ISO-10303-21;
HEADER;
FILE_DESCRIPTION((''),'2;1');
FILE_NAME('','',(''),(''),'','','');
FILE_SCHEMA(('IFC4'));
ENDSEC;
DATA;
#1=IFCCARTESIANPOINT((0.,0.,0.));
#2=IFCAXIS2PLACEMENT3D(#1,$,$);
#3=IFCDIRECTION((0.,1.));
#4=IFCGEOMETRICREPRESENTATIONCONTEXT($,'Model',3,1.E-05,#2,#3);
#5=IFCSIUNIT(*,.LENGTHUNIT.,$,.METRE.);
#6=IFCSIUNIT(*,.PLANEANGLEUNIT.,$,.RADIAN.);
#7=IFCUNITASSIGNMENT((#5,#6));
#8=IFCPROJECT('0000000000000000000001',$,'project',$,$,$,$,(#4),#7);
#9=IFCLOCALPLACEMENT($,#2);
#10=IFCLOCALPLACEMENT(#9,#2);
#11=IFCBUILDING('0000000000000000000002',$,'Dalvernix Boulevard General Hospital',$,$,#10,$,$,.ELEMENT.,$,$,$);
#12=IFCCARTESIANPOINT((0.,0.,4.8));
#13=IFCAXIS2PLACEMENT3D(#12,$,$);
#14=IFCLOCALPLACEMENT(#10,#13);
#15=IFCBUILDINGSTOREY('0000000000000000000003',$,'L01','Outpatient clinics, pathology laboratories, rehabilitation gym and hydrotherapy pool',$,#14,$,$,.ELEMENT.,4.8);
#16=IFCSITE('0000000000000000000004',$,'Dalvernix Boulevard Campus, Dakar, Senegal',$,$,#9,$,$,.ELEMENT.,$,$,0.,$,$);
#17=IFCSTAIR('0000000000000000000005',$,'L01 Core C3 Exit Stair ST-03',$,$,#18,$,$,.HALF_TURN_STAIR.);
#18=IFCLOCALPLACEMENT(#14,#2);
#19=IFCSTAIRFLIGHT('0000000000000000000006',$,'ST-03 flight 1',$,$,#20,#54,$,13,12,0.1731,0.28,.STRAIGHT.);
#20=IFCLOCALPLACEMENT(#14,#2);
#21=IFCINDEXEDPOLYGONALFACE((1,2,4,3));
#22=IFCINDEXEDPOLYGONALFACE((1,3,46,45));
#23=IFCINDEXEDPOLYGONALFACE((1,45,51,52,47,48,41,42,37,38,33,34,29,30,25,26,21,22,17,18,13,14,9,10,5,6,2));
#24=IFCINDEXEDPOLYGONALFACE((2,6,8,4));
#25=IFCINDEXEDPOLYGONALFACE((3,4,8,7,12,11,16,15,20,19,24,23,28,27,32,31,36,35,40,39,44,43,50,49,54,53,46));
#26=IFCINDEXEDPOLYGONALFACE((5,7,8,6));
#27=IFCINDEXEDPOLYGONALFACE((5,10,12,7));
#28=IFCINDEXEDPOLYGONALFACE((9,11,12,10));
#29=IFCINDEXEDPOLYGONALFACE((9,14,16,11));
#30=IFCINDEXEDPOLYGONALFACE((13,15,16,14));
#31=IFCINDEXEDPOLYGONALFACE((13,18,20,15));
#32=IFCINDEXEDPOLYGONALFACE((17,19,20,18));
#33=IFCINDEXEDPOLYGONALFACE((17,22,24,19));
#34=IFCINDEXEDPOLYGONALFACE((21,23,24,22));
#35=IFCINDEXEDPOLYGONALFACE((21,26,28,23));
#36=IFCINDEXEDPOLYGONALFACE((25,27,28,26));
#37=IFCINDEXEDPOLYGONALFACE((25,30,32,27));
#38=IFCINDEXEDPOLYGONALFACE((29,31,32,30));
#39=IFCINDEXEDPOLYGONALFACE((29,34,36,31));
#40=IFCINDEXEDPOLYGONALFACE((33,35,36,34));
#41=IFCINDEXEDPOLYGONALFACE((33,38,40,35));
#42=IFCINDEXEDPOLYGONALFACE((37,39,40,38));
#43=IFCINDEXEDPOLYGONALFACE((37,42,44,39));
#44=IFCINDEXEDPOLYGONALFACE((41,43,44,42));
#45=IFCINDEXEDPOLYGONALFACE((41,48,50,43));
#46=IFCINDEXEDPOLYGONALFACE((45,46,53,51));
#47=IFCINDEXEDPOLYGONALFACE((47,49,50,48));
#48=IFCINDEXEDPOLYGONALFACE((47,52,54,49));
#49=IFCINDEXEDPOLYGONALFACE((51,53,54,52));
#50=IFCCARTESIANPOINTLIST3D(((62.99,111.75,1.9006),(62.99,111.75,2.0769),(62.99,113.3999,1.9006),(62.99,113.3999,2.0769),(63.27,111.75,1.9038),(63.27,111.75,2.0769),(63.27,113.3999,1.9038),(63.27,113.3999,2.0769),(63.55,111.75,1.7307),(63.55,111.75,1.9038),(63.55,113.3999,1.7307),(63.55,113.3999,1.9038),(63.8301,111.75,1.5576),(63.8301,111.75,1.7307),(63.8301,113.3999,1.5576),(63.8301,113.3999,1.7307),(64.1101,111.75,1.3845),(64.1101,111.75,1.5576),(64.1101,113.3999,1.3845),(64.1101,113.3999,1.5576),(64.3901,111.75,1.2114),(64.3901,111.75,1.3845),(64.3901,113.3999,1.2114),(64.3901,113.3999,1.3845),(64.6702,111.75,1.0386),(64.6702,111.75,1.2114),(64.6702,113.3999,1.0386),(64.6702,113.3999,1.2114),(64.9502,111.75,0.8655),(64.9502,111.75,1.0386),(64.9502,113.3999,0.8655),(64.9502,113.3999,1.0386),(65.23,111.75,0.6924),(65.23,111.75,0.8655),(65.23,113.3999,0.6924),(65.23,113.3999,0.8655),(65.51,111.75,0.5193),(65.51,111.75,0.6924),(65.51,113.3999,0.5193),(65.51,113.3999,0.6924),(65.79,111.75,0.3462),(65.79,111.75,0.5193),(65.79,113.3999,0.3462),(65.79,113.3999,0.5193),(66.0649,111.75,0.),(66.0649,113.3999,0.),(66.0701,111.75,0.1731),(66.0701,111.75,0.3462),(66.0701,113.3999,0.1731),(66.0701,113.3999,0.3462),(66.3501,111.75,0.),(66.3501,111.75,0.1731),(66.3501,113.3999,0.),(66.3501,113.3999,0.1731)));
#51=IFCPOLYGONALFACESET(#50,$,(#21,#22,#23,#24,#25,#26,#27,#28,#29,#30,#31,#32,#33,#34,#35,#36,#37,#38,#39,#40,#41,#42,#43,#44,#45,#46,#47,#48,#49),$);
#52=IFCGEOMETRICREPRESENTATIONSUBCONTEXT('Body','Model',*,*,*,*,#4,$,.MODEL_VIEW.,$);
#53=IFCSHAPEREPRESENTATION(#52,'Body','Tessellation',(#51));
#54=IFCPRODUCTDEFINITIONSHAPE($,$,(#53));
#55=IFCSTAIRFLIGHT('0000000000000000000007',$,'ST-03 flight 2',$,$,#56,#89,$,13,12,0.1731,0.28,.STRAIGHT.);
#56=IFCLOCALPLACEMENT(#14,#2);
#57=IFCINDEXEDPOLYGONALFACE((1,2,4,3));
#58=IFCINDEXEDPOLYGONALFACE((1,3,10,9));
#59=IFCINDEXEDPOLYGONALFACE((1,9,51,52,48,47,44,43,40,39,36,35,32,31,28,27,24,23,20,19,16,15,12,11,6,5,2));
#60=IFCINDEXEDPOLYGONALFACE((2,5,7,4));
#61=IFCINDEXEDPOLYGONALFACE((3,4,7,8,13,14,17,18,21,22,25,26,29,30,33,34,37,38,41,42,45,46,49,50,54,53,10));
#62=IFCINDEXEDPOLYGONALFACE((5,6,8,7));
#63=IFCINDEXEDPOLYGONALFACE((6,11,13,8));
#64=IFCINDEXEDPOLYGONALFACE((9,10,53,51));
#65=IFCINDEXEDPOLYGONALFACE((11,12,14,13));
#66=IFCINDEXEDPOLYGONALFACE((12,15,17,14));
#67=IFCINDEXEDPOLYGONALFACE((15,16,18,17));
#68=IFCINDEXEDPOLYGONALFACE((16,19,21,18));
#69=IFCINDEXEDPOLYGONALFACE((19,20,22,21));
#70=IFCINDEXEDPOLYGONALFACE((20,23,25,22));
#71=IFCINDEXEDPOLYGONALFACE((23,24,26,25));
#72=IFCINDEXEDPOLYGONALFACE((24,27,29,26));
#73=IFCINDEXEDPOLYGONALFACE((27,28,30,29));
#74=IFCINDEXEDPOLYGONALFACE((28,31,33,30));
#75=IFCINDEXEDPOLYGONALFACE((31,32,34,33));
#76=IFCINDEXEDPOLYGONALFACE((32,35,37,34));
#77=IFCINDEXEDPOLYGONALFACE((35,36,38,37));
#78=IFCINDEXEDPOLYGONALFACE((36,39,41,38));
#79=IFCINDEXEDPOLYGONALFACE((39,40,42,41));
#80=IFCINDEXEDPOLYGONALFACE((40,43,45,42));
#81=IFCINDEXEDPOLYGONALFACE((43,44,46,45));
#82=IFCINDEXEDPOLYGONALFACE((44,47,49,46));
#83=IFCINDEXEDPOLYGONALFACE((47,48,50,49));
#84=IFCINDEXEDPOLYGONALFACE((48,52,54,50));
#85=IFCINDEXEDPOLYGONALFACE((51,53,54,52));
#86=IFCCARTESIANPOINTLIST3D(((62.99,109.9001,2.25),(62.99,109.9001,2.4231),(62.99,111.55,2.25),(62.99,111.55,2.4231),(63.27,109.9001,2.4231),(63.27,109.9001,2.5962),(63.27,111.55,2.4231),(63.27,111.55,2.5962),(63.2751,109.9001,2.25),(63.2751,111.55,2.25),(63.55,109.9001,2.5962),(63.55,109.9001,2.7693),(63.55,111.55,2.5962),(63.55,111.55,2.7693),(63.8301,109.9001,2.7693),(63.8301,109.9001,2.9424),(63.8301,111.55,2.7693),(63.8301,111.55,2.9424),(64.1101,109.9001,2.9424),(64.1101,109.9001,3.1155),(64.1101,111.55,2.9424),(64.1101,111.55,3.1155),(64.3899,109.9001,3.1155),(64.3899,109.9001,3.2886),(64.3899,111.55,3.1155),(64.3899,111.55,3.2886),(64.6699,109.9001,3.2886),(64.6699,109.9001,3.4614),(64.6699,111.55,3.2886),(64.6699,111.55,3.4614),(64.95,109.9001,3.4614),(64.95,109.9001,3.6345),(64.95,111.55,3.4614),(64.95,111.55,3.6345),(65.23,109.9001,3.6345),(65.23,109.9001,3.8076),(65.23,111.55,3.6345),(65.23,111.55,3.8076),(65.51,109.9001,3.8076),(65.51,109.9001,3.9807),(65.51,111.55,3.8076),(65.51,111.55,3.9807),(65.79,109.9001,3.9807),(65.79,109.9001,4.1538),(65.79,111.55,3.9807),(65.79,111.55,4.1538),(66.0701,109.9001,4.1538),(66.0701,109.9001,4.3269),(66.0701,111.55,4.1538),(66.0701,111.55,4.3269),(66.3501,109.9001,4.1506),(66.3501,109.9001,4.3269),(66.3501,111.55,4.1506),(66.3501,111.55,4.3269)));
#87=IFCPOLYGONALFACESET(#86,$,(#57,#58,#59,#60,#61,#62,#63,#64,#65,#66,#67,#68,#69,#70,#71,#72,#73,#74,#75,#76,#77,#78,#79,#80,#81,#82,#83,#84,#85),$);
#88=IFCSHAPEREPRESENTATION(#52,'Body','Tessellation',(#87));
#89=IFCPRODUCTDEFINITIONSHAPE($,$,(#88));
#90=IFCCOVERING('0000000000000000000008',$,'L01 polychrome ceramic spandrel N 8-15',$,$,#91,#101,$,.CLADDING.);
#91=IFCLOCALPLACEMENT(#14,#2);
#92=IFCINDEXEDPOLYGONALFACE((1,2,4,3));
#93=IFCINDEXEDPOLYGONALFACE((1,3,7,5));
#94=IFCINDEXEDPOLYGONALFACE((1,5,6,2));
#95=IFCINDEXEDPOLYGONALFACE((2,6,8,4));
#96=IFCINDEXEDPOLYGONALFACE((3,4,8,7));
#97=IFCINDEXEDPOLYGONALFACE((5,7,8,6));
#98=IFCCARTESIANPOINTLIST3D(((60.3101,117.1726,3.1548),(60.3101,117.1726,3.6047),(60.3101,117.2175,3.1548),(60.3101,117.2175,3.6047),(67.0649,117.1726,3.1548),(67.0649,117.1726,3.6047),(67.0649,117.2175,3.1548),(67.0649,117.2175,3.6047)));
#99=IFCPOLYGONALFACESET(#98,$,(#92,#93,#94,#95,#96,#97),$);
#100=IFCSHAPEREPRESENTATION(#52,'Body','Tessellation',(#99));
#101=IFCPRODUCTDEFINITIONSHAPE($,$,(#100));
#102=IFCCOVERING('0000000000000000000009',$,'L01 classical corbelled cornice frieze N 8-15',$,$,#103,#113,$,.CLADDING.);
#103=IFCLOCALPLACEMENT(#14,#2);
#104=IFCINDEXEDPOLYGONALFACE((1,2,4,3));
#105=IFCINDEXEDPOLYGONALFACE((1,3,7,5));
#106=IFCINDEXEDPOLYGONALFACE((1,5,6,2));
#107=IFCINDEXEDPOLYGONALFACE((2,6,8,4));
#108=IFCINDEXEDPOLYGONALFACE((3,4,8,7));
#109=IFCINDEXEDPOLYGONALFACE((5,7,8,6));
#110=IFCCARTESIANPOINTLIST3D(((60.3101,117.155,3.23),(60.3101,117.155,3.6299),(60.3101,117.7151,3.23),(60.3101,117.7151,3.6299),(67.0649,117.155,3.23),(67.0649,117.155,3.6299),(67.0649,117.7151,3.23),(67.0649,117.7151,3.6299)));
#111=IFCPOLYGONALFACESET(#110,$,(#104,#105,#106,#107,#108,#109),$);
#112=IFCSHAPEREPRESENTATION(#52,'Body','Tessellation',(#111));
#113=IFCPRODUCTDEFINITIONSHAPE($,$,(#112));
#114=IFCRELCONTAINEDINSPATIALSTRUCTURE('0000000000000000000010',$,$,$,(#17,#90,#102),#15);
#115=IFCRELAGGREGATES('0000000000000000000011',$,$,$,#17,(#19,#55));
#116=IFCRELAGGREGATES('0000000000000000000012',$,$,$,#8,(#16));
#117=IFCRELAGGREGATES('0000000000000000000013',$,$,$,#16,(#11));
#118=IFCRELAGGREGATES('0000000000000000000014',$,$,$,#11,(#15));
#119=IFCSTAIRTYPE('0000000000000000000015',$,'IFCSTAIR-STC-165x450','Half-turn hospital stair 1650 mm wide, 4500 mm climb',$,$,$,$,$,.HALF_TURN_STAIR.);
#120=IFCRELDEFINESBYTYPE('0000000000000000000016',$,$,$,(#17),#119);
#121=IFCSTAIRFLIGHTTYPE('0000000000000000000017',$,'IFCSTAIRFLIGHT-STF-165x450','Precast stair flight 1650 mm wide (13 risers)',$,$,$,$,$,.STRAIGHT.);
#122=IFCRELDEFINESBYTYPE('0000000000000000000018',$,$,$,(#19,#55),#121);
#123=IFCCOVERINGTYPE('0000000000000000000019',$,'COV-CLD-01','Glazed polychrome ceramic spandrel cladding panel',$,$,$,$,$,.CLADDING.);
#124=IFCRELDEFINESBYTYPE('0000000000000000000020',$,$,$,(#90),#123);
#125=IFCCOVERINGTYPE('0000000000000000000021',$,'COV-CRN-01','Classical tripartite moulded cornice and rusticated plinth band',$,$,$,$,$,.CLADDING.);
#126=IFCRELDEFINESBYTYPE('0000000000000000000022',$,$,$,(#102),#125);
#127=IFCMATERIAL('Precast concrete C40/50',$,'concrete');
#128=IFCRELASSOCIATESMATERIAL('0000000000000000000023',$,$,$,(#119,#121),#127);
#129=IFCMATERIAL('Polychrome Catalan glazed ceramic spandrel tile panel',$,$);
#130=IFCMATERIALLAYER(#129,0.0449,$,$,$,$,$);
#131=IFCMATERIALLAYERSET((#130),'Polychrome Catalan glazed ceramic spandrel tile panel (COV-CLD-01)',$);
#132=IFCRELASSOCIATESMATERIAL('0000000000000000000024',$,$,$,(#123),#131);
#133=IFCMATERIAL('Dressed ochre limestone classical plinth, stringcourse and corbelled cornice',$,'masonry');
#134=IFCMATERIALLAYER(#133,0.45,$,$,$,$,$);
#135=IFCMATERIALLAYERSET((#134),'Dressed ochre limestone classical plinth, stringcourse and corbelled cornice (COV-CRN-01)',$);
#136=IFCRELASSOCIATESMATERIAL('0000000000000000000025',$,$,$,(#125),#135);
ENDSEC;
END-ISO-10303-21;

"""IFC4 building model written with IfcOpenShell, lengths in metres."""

from ifc_helpers import new_model, si_unit, direction, frame, origin, origin_2d, place, context, subcontext, project, spatial, polyline, rectangle, outline, extrude, material, layer, layer_set, type_object, element, aggregate, save


model = new_model("IFC4")

# Units and contexts
model_context = context("Model", 3, precision=1e-05, world=origin(), true_north=direction((0.0, 1.0)))
body_context = subcontext(model_context, "Body", "Model", "MODEL_VIEW")
ifc_project = project(units=[si_unit("LENGTHUNIT", "METRE"), si_unit("PLANEANGLEUNIT", "RADIAN")], contexts=[model_context])

# Site, building, storey
site_placement = place(None, origin())
site = spatial("IfcSite", under=ifc_project, at=site_placement, Name="Dalvernix Boulevard Campus, Dakar, Senegal", CompositionType="ELEMENT", RefElevation=0.0)
building_placement = place(site_placement, origin())
building = spatial("IfcBuilding", under=site, at=building_placement, Name="Dalvernix Boulevard General Hospital", CompositionType="ELEMENT")
storey_placement = place(building_placement, frame((0.0, 0.0, 4.8)))
storey = spatial("IfcBuildingStorey", under=building, at=storey_placement, Name="L01", Description="Outpatient clinics, pathology laboratories, rehabilitation gym and hydrotherapy pool", CompositionType="ELEMENT", Elevation=4.8)

# Stair, stair flights
ifc_material_1 = material(Name="Precast concrete C40/50", Category="concrete")
stair_type = type_object("IfcStairType", Name="IFCSTAIR-STC-165x450", Description="Half-turn hospital stair 1650 mm wide, 4500 mm climb", PredefinedType="HALF_TURN_STAIR", material=ifc_material_1)
stair_placement = place(storey_placement, origin())
stair = element("IfcStair", 1, at=stair_placement, inside=storey, type_object=stair_type, Name="L01 Core C3 Exit Stair ST-03", PredefinedType="HALF_TURN_STAIR")
stair_flight_type = type_object("IfcStairFlightType", Name="IFCSTAIRFLIGHT-STF-165x450", Description="Precast stair flight 1650 mm wide (13 risers)", PredefinedType="STRAIGHT", material=ifc_material_1)
stair_flight_1_placement = place(storey_placement, frame((66.3501, 112.575, 0.0), z_axis=(0.0, 0.0, 1.0), x_axis=(-1.0, 0.0, 0.0)))
stair_flight_1 = element("IfcStairFlight", 2, at=stair_flight_1_placement, type_object=stair_flight_type, Name="ST-03 flight 1", NumberOfRisers=13, NumberOfTreads=12, PredefinedType="STRAIGHT", RiserHeight=0.1731, TreadLength=0.28, context=body_context, shape_type="SweptSolid", body=[
    extrude(outline(polyline([(0.0, 0.0), (0.0, 0.1731), (0.28, 0.1731), (0.28, 0.3462), (0.5601, 0.3462), (0.5601, 0.5193), (0.8401, 0.5193), (0.8401, 0.6924), (1.1201, 0.6924), (1.1201, 0.8655), (1.3999, 0.8655), (1.3999, 1.0386), (1.6799, 1.0386), (1.6799, 1.2114), (1.96, 1.2114), (1.96, 1.3845), (2.24, 1.3845), (2.24, 1.5576), (2.52, 1.5576), (2.52, 1.7307), (2.8, 1.7307), (2.8, 1.9038), (3.0801, 1.9038), (3.0801, 2.0769), (3.3601, 2.0769), (3.3601, 2.25), (3.3601, 1.9006), (0.2852, 0.0), (0.0, 0.0)])), frame((0.0, 0.825, 0.0), z_axis=(0.0, -1.0, 0.0), x_axis=(1.0, 0.0, 0.0)), (0.0, 0.0, 1.0), 1.6499),
])
stair_flight_2_placement = place(storey_placement, frame((62.99, 110.7251, 2.25), z_axis=(0.0, 0.0, 1.0), x_axis=(1.0, 0.0, 0.0)))
stair_flight_2 = element("IfcStairFlight", 3, at=stair_flight_2_placement, type_object=stair_flight_type, Name="ST-03 flight 2", NumberOfRisers=13, NumberOfTreads=12, PredefinedType="STRAIGHT", RiserHeight=0.1731, TreadLength=0.28, context=body_context, shape_type="SweptSolid", body=[
    extrude(outline(polyline([(0.0, 0.0), (0.0, 0.1731), (0.28, 0.1731), (0.28, 0.3462), (0.5601, 0.3462), (0.5601, 0.5193), (0.8401, 0.5193), (0.8401, 0.6924), (1.1201, 0.6924), (1.1201, 0.8655), (1.3999, 0.8655), (1.3999, 1.0386), (1.6799, 1.0386), (1.6799, 1.2114), (1.96, 1.2114), (1.96, 1.3845), (2.24, 1.3845), (2.24, 1.5576), (2.52, 1.5576), (2.52, 1.7307), (2.8, 1.7307), (2.8, 1.9038), (3.0801, 1.9038), (3.0801, 2.0769), (3.3601, 2.0769), (3.3601, 2.25), (3.3601, 1.9006), (0.2852, 0.0), (0.0, 0.0)])), frame((0.0, 0.825, 0.0), z_axis=(0.0, -1.0, 0.0), x_axis=(1.0, 0.0, 0.0)), (0.0, 0.0, 1.0), 1.6499),
])
aggregate(stair, [stair_flight_1, stair_flight_2])

# Coverings
ifc_material_2 = material(Name="Polychrome Catalan glazed ceramic spandrel tile panel")
ifc_layer_1 = layer(ifc_material_2, 0.0449)
ifc_layer_set_1 = layer_set([ifc_layer_1], Name="Polychrome Catalan glazed ceramic spandrel tile panel (COV-CLD-01)")
covering_type_1 = type_object("IfcCoveringType", Name="COV-CLD-01", Description="Glazed polychrome ceramic spandrel cladding panel", PredefinedType="CLADDING", material=ifc_layer_set_1)
covering_1_placement = place(storey_placement, frame((63.6875, 117.1951, 3.1548), z_axis=(0.0, 0.0, 1.0), x_axis=(1.0, 0.0, 0.0)))
element("IfcCovering", 4, at=covering_1_placement, inside=storey, type_object=covering_type_1, Name="L01 polychrome ceramic spandrel N 8-15", PredefinedType="CLADDING", context=body_context, shape_type="SweptSolid", body=[
    extrude(rectangle(XDim=6.7549, YDim=0.0449, at=origin_2d()), origin(), (0.0, 0.0, 1.0), 0.45),
])
ifc_material_3 = material(Name="Dressed ochre limestone classical plinth, stringcourse and corbelled cornice", Category="masonry")
ifc_layer_2 = layer(ifc_material_3, 0.45)
ifc_layer_set_2 = layer_set([ifc_layer_2], Name="Dressed ochre limestone classical plinth, stringcourse and corbelled cornice (COV-CRN-01)")
covering_type_2 = type_object("IfcCoveringType", Name="COV-CRN-01", Description="Classical tripartite moulded cornice and rusticated plinth band", PredefinedType="CLADDING", material=ifc_layer_set_2)
covering_2_placement = place(storey_placement, frame((63.6875, 117.4351, 3.23), z_axis=(0.0, 0.0, 1.0), x_axis=(1.0, 0.0, 0.0)))
element("IfcCovering", 5, at=covering_2_placement, inside=storey, type_object=covering_type_2, Name="L01 classical corbelled cornice frieze N 8-15", PredefinedType="CLADDING", context=body_context, shape_type="SweptSolid", body=[
    extrude(rectangle(XDim=6.7549, YDim=0.5601, at=origin_2d()), origin(), (0.0, 0.0, 1.0), 0.3999),
])

save(model, "model.ifc")
